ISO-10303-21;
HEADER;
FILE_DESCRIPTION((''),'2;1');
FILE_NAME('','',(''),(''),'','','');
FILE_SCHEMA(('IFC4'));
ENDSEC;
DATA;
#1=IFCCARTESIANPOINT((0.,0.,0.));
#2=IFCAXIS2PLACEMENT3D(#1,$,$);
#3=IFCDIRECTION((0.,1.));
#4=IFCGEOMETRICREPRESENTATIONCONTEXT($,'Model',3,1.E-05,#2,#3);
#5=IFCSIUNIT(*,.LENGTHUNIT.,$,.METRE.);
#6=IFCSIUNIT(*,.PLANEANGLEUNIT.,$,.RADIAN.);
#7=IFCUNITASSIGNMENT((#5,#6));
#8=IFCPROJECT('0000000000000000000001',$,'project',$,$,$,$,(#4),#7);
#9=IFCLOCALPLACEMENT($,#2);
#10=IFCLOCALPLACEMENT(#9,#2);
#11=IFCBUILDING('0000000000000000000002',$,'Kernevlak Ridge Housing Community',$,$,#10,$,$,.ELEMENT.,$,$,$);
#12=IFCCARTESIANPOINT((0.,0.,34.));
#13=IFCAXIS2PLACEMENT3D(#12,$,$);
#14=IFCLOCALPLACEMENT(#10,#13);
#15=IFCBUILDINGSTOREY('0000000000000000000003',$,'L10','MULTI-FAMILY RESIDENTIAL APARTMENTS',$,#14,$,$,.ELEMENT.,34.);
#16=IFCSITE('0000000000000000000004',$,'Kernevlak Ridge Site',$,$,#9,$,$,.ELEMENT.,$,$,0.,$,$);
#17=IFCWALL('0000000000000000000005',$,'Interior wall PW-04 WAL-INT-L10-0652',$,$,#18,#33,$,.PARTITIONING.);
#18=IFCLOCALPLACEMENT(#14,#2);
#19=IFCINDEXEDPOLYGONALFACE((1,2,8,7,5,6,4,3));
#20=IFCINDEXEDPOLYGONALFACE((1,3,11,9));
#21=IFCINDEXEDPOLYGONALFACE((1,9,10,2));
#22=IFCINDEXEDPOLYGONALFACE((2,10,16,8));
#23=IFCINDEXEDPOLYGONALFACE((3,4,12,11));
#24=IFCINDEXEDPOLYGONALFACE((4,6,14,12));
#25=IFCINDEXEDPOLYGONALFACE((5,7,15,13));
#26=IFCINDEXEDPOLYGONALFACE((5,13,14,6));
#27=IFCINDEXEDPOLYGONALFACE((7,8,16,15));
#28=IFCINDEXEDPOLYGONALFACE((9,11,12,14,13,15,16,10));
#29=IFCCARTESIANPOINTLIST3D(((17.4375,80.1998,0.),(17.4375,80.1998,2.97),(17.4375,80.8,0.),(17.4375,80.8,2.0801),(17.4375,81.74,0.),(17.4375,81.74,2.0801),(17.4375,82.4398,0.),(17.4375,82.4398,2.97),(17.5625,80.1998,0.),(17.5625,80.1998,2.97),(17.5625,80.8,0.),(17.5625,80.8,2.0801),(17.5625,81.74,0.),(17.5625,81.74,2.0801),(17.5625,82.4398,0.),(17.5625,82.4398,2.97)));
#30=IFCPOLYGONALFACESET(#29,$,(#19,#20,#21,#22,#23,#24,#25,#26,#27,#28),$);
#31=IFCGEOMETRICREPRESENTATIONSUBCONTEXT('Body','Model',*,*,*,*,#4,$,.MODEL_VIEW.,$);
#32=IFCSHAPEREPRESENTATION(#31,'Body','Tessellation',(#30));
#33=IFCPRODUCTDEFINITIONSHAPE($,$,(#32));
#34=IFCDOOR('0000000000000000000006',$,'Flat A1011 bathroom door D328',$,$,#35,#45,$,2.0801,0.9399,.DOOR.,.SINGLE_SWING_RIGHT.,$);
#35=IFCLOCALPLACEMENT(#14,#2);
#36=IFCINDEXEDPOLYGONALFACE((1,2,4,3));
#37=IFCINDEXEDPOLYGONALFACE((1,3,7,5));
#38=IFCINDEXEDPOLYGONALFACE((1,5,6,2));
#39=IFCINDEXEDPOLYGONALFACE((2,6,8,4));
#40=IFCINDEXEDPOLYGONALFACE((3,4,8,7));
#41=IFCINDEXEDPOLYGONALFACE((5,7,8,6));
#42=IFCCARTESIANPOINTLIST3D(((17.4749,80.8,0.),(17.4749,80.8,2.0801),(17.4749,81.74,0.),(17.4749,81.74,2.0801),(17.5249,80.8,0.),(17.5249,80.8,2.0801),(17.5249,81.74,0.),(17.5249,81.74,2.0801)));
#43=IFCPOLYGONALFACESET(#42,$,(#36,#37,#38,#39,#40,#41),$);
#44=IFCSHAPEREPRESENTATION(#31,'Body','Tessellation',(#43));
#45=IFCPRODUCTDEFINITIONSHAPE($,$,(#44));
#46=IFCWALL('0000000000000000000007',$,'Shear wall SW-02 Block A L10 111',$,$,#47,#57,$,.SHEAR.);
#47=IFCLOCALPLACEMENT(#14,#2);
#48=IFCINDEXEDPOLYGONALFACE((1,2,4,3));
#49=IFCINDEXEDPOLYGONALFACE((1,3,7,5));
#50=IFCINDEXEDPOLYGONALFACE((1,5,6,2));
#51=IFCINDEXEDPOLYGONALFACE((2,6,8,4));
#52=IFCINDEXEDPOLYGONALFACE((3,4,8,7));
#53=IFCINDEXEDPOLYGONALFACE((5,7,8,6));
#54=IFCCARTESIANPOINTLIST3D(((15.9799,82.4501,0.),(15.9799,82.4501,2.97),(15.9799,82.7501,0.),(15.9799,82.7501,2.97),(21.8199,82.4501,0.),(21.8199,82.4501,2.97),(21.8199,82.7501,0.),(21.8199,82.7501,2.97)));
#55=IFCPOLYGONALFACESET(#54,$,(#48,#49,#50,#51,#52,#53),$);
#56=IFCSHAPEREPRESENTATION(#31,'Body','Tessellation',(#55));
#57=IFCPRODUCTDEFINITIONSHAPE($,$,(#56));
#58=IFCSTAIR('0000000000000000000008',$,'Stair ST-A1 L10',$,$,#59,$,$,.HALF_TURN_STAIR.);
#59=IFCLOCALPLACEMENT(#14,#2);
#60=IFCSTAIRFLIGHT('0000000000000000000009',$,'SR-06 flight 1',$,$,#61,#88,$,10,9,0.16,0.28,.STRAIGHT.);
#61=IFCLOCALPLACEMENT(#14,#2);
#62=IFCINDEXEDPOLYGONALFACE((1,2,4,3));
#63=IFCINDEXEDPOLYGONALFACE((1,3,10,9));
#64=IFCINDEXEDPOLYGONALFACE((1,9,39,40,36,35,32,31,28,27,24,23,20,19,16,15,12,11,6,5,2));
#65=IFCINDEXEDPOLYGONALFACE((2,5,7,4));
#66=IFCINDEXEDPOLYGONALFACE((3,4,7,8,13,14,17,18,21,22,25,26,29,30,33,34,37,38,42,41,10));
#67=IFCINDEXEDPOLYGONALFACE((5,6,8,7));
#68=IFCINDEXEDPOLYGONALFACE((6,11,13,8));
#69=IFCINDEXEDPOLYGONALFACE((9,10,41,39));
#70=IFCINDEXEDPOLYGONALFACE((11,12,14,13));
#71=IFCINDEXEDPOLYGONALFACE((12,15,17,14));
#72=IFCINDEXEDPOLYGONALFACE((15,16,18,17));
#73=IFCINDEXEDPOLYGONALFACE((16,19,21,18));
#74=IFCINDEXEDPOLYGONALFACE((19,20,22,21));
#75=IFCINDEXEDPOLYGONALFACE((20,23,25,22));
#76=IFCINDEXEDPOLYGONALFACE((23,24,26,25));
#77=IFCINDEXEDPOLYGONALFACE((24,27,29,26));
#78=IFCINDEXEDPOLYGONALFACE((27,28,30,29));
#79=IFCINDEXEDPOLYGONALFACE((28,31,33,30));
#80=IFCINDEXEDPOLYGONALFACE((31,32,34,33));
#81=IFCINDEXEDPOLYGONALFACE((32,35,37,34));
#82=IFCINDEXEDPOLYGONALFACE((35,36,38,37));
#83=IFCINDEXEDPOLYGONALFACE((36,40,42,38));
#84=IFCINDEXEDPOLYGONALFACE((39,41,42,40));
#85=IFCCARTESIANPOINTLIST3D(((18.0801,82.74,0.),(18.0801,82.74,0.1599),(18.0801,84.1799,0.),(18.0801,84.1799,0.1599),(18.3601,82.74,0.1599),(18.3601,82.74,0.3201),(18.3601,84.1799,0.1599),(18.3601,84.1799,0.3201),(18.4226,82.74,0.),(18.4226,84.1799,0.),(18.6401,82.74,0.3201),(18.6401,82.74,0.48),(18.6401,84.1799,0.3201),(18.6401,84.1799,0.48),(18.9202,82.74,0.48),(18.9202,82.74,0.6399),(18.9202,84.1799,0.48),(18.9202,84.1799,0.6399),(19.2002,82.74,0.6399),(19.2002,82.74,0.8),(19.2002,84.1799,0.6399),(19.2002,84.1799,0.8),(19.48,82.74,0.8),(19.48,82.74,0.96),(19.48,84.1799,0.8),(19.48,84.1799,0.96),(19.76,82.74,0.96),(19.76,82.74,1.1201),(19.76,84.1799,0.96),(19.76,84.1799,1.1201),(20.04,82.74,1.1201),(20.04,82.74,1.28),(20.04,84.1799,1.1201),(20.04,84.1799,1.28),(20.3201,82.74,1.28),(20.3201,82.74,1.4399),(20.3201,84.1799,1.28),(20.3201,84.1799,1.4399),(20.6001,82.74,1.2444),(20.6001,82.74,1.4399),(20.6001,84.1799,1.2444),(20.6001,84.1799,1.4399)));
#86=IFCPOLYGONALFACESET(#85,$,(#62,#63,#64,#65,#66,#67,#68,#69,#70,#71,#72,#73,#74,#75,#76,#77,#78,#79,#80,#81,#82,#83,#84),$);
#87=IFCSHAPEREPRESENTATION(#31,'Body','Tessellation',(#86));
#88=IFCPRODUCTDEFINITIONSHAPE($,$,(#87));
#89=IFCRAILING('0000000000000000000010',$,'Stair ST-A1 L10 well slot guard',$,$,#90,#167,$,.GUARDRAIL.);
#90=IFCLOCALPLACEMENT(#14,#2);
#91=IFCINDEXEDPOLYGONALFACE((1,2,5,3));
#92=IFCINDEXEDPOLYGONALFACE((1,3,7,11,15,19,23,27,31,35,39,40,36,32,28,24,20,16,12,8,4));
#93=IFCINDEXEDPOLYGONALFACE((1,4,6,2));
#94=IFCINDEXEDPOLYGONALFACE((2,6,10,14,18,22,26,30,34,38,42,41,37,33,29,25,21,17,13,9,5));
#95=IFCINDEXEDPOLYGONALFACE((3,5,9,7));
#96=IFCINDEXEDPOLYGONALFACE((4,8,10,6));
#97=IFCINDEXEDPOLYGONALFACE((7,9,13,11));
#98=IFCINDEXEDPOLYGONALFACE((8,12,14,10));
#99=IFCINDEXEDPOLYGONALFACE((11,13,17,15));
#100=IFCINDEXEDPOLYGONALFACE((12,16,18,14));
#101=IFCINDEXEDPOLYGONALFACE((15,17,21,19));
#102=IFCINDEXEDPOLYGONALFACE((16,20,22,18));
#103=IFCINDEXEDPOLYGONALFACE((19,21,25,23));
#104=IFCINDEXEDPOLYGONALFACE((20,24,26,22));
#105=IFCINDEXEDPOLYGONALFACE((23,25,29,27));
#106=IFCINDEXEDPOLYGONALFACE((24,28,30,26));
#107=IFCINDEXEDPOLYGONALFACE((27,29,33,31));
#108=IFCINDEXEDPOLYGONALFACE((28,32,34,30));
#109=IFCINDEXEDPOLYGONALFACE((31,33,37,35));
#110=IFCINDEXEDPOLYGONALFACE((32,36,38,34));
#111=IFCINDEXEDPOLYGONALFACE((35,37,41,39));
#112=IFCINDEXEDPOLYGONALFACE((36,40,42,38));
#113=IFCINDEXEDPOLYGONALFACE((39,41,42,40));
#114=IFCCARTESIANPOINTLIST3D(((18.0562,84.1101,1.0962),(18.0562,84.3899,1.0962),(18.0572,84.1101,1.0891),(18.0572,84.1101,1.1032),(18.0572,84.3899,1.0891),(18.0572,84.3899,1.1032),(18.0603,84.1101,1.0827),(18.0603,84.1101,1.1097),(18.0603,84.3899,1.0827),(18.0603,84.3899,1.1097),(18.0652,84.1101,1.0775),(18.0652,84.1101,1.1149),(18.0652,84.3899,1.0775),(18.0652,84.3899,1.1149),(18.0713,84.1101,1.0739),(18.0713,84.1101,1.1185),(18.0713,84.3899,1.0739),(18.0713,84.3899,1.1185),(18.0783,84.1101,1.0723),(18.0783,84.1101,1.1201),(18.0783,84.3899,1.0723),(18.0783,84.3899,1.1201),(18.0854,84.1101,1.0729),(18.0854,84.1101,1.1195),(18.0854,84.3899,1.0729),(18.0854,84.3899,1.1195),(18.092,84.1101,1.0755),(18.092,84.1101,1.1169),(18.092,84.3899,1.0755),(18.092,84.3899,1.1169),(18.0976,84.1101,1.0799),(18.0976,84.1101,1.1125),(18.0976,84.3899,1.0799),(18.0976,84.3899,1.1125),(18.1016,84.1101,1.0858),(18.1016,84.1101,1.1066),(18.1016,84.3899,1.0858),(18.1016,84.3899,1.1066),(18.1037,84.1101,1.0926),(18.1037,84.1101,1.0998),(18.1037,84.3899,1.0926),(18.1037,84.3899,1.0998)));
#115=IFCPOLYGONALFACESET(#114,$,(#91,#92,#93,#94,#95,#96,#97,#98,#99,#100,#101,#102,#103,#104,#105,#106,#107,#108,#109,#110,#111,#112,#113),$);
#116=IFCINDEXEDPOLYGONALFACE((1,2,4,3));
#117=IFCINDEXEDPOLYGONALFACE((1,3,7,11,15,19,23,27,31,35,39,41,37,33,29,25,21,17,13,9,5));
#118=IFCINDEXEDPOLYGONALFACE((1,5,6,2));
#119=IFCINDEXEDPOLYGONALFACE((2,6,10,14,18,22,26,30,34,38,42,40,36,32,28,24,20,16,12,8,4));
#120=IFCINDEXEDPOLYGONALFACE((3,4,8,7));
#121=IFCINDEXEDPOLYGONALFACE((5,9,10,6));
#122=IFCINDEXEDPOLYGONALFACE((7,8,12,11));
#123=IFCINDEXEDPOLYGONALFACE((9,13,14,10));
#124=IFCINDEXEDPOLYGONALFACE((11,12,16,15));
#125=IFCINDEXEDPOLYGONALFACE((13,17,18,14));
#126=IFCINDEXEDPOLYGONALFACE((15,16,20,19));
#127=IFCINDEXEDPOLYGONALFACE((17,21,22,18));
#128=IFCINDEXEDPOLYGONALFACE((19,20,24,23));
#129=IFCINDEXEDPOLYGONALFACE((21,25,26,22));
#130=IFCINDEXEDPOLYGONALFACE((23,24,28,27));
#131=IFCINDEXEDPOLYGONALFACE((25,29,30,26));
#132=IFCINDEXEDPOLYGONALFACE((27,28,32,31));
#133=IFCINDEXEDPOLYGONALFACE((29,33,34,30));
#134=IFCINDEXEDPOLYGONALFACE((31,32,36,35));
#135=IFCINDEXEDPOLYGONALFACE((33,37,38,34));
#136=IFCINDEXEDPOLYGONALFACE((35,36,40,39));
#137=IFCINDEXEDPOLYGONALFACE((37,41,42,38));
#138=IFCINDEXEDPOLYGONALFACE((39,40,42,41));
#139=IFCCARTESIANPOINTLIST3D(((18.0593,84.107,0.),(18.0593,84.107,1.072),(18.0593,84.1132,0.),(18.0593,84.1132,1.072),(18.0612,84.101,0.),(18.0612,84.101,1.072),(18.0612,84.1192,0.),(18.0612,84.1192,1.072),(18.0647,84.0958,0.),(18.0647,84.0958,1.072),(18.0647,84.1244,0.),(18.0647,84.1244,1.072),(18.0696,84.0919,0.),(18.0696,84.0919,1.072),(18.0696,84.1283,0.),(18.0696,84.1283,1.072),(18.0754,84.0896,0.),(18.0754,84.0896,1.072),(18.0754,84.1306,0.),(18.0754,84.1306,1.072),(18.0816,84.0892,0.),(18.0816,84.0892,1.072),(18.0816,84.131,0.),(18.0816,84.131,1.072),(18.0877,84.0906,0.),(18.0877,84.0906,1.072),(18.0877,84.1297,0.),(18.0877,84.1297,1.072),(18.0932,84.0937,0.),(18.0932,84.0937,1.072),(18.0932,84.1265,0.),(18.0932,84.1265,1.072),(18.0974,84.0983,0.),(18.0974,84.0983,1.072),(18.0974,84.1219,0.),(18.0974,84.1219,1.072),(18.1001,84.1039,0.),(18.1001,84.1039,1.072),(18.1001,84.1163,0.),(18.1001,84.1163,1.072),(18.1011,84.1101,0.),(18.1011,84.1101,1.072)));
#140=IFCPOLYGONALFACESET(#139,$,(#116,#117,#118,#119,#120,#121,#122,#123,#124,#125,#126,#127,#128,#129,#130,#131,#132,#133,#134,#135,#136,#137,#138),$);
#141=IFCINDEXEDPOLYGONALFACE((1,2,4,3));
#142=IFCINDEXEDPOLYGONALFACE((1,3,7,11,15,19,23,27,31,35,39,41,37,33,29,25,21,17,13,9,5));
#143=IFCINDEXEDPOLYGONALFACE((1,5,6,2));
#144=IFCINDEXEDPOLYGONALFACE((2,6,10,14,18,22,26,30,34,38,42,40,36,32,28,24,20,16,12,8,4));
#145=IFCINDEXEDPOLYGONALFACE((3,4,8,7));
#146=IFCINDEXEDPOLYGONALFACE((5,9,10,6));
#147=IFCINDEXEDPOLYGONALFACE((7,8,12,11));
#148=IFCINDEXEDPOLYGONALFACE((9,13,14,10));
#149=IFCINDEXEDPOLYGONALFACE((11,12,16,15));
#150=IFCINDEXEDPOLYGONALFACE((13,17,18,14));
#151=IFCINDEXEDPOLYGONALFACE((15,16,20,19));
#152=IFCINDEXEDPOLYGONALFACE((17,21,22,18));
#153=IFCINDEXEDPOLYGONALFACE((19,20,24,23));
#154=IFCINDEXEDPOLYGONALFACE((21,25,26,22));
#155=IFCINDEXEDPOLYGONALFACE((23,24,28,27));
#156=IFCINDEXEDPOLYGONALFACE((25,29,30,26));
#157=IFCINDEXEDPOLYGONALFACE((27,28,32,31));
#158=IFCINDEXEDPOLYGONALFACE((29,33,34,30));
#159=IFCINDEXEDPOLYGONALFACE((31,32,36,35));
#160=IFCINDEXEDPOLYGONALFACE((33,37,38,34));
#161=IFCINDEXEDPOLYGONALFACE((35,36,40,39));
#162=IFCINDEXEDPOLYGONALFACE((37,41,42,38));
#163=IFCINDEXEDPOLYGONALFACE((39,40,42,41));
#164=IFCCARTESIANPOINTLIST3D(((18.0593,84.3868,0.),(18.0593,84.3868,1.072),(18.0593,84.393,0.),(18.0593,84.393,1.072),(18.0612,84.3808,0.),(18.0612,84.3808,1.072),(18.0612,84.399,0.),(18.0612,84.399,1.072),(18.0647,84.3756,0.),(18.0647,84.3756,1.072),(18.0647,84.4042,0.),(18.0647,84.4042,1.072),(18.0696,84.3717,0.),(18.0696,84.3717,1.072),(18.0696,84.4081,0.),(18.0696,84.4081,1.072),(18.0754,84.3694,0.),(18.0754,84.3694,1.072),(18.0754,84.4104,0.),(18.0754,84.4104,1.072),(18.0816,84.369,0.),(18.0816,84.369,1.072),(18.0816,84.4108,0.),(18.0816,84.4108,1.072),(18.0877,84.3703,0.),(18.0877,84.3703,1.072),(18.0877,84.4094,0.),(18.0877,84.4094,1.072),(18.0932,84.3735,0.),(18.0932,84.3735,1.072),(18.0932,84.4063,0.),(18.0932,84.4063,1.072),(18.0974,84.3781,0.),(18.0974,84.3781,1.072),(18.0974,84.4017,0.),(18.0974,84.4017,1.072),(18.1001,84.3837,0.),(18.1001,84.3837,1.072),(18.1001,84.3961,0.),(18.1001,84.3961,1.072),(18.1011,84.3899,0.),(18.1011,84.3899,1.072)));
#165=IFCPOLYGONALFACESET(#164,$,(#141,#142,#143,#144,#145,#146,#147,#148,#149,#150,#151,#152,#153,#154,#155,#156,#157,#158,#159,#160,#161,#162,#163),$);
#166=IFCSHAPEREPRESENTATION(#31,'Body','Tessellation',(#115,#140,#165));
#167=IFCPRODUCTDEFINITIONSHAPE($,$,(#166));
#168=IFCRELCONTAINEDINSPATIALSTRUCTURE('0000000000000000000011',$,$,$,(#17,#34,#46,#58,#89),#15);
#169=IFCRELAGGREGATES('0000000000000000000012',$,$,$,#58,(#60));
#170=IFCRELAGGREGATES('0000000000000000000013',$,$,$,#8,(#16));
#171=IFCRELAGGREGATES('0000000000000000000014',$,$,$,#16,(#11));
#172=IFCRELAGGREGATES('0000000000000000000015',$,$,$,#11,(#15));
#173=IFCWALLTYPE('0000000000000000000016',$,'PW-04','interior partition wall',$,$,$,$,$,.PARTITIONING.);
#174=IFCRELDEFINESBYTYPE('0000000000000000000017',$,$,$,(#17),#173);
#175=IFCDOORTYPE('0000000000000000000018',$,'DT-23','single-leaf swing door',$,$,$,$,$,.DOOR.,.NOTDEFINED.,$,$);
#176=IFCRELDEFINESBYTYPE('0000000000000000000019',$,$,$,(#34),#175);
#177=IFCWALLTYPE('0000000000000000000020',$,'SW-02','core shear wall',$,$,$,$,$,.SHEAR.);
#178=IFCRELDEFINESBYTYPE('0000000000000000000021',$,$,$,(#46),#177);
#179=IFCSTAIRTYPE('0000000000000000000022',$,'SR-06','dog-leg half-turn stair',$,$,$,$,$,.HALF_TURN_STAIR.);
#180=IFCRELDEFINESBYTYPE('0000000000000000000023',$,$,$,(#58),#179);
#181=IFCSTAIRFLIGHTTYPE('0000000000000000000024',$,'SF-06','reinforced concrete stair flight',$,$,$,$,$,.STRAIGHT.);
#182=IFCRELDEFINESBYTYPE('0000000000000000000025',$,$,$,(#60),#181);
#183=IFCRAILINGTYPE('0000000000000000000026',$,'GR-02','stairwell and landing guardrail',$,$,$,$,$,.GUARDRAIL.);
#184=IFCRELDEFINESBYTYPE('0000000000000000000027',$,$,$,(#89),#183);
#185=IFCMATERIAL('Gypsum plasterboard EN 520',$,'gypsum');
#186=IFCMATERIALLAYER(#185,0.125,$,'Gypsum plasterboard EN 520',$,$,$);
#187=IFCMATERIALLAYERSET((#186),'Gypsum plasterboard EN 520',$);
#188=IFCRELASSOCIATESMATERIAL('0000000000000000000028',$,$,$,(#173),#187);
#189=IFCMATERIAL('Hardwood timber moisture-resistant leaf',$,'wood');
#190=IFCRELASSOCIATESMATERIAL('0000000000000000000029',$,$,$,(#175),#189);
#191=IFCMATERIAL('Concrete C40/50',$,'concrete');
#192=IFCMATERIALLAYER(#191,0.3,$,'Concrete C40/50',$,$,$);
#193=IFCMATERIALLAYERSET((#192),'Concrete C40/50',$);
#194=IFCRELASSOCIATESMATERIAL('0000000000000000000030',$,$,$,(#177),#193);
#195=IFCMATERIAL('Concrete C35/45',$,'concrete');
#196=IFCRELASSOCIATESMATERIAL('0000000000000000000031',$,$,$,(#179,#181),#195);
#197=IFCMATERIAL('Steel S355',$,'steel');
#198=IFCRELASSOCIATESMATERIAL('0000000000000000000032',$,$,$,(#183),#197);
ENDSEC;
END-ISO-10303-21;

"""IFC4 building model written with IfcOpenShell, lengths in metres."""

from ifc_helpers import new_model, si_unit, direction, frame, frame_2d, origin, origin_2d, place, context, subcontext, project, spatial, polyline, rectangle, circle, outline, extrude, material, layer, layer_set, type_object, element, fill, aggregate, save


model = new_model("IFC4")

# Units and contexts
model_context = context("Model", 3, precision=1e-05, world=origin(), true_north=direction((0.0, 1.0)))
body_context = subcontext(model_context, "Body", "Model", "MODEL_VIEW")
ifc_project = project(units=[si_unit("LENGTHUNIT", "METRE"), si_unit("PLANEANGLEUNIT", "RADIAN")], contexts=[model_context])

# Site, building, storey
site_placement = place(None, origin())
site = spatial("IfcSite", under=ifc_project, at=site_placement, Name="Kernevlak Ridge Site", CompositionType="ELEMENT", RefElevation=0.0)
building_placement = place(site_placement, origin())
building = spatial("IfcBuilding", under=site, at=building_placement, Name="Kernevlak Ridge Housing Community", CompositionType="ELEMENT")
storey_placement = place(building_placement, frame((0.0, 0.0, 34.0)))
storey = spatial("IfcBuildingStorey", under=building, at=storey_placement, Name="L10", Description="MULTI-FAMILY RESIDENTIAL APARTMENTS", CompositionType="ELEMENT", Elevation=34.0)

# Shared definitions
ifc_material_1 = material(Name="Concrete C35/45", Category="concrete")

# Wall, opening, door
ifc_material_2 = material(Name="Gypsum plasterboard EN 520", Category="gypsum")
ifc_layer_1 = layer(ifc_material_2, 0.125, Name="Gypsum plasterboard EN 520")
ifc_layer_set_1 = layer_set([ifc_layer_1], Name="Gypsum plasterboard EN 520")
wall_type_1 = type_object("IfcWallType", Name="PW-04", Description="interior partition wall", PredefinedType="PARTITIONING", material=ifc_layer_set_1)
wall_1_placement = place(storey_placement, frame((17.5, 82.4399, 0.0), z_axis=(0.0, 0.0, 1.0), x_axis=(0.0, -1.0, 0.0)))
wall_1 = element("IfcWall", 1, at=wall_1_placement, inside=storey, type_object=wall_type_1, Name="Interior wall PW-04 WAL-INT-L10-0652", PredefinedType="PARTITIONING", context=body_context, shape_type="SweptSolid", body=[
    extrude(rectangle(XDim=2.24, YDim=0.125, at=frame_2d((1.1201, 0.0))), origin(), (0.0, 0.0, 1.0), 2.97),
])
opening_1_placement = place(wall_1_placement, frame((0.7, 0.0, 0.0)))
opening_1 = element("IfcOpeningElement", 2, at=opening_1_placement, cuts=wall_1, PredefinedType="OPENING", context=body_context, shape_type="SweptSolid", body=[
    extrude(rectangle(XDim=0.9399, YDim=2.0801, at=frame_2d((0.47, 1.04))), frame((0.0, 0.0725, 0.0), z_axis=(0.0, -1.0, 0.0), x_axis=(1.0, 0.0, 0.0)), (0.0, 0.0, 1.0), 0.145),
])
ifc_material_3 = material(Name="Hardwood timber moisture-resistant leaf", Category="wood")
door_type_1 = type_object("IfcDoorType", Name="DT-23", Description="single-leaf swing door", OperationType="NOTDEFINED", PredefinedType="DOOR", material=ifc_material_3)
door_1_placement = place(opening_1_placement, origin())
door_1 = element("IfcDoor", 3, at=door_1_placement, inside=storey, type_object=door_type_1, Name="Flat A1011 bathroom door D328", OperationType="SINGLE_SWING_RIGHT", OverallHeight=2.0801, OverallWidth=0.9399, PredefinedType="DOOR", context=body_context, shape_type="SweptSolid", body=[
    extrude(rectangle(XDim=0.9399, YDim=2.0801, at=frame_2d((0.47, 1.04))), frame((0.0, 0.0249, 0.0), z_axis=(0.0, -1.0, 0.0), x_axis=(1.0, 0.0, 0.0)), (0.0, 0.0, 1.0), 0.05),
])
fill(opening_1, door_1)

# Wall
ifc_material_4 = material(Name="Concrete C40/50", Category="concrete")
ifc_layer_2 = layer(ifc_material_4, 0.3, Name="Concrete C40/50")
ifc_layer_set_2 = layer_set([ifc_layer_2], Name="Concrete C40/50")
wall_type_2 = type_object("IfcWallType", Name="SW-02", Description="core shear wall", PredefinedType="SHEAR", material=ifc_layer_set_2)
wall_2_placement = place(storey_placement, frame((15.98, 82.6001, 0.0), z_axis=(0.0, 0.0, 1.0), x_axis=(1.0, 0.0, 0.0)))
element("IfcWall", 4, at=wall_2_placement, inside=storey, type_object=wall_type_2, Name="Shear wall SW-02 Block A L10 111", PredefinedType="SHEAR", context=body_context, shape_type="SweptSolid", body=[
    extrude(rectangle(XDim=5.8401, YDim=0.3, at=frame_2d((2.9199, 0.0))), origin(), (0.0, 0.0, 1.0), 2.97),
])

# Stair, stair flight
stair_type = type_object("IfcStairType", Name="SR-06", Description="dog-leg half-turn stair", PredefinedType="HALF_TURN_STAIR", material=ifc_material_1)
stair_placement = place(storey_placement, origin())
stair = element("IfcStair", 5, at=stair_placement, inside=storey, type_object=stair_type, Name="Stair ST-A1 L10", PredefinedType="HALF_TURN_STAIR")
stair_flight_type = type_object("IfcStairFlightType", Name="SF-06", Description="reinforced concrete stair flight", PredefinedType="STRAIGHT", material=ifc_material_1)
stair_flight_placement = place(storey_placement, frame((18.0801, 83.46, 0.0), z_axis=(0.0, 0.0, 1.0), x_axis=(1.0, 0.0, 0.0)))
stair_flight = element("IfcStairFlight", 6, at=stair_flight_placement, type_object=stair_flight_type, Name="SR-06 flight 1", NumberOfRisers=10, NumberOfTreads=9, PredefinedType="STRAIGHT", RiserHeight=0.16, TreadLength=0.28, context=body_context, shape_type="SweptSolid", body=[
    extrude(outline(polyline([(0.0, 0.0), (0.0, 0.1599), (0.28, 0.1599), (0.28, 0.3201), (0.5601, 0.3201), (0.5601, 0.48), (0.8401, 0.48), (0.8401, 0.6399), (1.1201, 0.6399), (1.1201, 0.8), (1.3999, 0.8), (1.3999, 0.96), (1.6799, 0.96), (1.6799, 1.1201), (1.96, 1.1201), (1.96, 1.28), (2.24, 1.28), (2.24, 1.4399), (2.52, 1.4399), (2.52, 1.6001), (2.52, 1.2444), (0.3425, 0.0), (0.0, 0.0)])), frame((0.0, 0.72, 0.0), z_axis=(0.0, -1.0, 0.0), x_axis=(1.0, 0.0, 0.0)), (0.0, 0.0, 1.0), 1.4399),
])
aggregate(stair, [stair_flight])

# Railing
ifc_material_5 = material(Name="Steel S355", Category="steel")
railing_type_1 = type_object("IfcRailingType", Name="GR-02", Description="stairwell and landing guardrail", PredefinedType="GUARDRAIL", material=ifc_material_5)
railing_1_placement = place(storey_placement, frame((18.0801, 84.1101, 0.0)))
element("IfcRailing", 7, at=railing_1_placement, inside=storey, type_object=railing_type_1, Name="Stair ST-A1 L10 well slot guard", PredefinedType="GUARDRAIL", context=body_context, shape_type="SweptSolid", body=[
    extrude(circle(Radius=0.0239, at=origin_2d()), frame((0.0, 0.0, 1.0962), z_axis=(0.0, 1.0, 0.0), x_axis=(-1.0, 0.0, 0.0)), (0.0, 0.0, 1.0), 0.2798),
    extrude(circle(Radius=0.021, at=origin_2d()), origin(), (0.0, 0.0, 1.0), 1.072),
    extrude(circle(Radius=0.021, at=origin_2d()), frame((0.0, 0.2798, 0.0)), (0.0, 0.0, 1.0), 1.072),
])

save(model, "model.ifc")
